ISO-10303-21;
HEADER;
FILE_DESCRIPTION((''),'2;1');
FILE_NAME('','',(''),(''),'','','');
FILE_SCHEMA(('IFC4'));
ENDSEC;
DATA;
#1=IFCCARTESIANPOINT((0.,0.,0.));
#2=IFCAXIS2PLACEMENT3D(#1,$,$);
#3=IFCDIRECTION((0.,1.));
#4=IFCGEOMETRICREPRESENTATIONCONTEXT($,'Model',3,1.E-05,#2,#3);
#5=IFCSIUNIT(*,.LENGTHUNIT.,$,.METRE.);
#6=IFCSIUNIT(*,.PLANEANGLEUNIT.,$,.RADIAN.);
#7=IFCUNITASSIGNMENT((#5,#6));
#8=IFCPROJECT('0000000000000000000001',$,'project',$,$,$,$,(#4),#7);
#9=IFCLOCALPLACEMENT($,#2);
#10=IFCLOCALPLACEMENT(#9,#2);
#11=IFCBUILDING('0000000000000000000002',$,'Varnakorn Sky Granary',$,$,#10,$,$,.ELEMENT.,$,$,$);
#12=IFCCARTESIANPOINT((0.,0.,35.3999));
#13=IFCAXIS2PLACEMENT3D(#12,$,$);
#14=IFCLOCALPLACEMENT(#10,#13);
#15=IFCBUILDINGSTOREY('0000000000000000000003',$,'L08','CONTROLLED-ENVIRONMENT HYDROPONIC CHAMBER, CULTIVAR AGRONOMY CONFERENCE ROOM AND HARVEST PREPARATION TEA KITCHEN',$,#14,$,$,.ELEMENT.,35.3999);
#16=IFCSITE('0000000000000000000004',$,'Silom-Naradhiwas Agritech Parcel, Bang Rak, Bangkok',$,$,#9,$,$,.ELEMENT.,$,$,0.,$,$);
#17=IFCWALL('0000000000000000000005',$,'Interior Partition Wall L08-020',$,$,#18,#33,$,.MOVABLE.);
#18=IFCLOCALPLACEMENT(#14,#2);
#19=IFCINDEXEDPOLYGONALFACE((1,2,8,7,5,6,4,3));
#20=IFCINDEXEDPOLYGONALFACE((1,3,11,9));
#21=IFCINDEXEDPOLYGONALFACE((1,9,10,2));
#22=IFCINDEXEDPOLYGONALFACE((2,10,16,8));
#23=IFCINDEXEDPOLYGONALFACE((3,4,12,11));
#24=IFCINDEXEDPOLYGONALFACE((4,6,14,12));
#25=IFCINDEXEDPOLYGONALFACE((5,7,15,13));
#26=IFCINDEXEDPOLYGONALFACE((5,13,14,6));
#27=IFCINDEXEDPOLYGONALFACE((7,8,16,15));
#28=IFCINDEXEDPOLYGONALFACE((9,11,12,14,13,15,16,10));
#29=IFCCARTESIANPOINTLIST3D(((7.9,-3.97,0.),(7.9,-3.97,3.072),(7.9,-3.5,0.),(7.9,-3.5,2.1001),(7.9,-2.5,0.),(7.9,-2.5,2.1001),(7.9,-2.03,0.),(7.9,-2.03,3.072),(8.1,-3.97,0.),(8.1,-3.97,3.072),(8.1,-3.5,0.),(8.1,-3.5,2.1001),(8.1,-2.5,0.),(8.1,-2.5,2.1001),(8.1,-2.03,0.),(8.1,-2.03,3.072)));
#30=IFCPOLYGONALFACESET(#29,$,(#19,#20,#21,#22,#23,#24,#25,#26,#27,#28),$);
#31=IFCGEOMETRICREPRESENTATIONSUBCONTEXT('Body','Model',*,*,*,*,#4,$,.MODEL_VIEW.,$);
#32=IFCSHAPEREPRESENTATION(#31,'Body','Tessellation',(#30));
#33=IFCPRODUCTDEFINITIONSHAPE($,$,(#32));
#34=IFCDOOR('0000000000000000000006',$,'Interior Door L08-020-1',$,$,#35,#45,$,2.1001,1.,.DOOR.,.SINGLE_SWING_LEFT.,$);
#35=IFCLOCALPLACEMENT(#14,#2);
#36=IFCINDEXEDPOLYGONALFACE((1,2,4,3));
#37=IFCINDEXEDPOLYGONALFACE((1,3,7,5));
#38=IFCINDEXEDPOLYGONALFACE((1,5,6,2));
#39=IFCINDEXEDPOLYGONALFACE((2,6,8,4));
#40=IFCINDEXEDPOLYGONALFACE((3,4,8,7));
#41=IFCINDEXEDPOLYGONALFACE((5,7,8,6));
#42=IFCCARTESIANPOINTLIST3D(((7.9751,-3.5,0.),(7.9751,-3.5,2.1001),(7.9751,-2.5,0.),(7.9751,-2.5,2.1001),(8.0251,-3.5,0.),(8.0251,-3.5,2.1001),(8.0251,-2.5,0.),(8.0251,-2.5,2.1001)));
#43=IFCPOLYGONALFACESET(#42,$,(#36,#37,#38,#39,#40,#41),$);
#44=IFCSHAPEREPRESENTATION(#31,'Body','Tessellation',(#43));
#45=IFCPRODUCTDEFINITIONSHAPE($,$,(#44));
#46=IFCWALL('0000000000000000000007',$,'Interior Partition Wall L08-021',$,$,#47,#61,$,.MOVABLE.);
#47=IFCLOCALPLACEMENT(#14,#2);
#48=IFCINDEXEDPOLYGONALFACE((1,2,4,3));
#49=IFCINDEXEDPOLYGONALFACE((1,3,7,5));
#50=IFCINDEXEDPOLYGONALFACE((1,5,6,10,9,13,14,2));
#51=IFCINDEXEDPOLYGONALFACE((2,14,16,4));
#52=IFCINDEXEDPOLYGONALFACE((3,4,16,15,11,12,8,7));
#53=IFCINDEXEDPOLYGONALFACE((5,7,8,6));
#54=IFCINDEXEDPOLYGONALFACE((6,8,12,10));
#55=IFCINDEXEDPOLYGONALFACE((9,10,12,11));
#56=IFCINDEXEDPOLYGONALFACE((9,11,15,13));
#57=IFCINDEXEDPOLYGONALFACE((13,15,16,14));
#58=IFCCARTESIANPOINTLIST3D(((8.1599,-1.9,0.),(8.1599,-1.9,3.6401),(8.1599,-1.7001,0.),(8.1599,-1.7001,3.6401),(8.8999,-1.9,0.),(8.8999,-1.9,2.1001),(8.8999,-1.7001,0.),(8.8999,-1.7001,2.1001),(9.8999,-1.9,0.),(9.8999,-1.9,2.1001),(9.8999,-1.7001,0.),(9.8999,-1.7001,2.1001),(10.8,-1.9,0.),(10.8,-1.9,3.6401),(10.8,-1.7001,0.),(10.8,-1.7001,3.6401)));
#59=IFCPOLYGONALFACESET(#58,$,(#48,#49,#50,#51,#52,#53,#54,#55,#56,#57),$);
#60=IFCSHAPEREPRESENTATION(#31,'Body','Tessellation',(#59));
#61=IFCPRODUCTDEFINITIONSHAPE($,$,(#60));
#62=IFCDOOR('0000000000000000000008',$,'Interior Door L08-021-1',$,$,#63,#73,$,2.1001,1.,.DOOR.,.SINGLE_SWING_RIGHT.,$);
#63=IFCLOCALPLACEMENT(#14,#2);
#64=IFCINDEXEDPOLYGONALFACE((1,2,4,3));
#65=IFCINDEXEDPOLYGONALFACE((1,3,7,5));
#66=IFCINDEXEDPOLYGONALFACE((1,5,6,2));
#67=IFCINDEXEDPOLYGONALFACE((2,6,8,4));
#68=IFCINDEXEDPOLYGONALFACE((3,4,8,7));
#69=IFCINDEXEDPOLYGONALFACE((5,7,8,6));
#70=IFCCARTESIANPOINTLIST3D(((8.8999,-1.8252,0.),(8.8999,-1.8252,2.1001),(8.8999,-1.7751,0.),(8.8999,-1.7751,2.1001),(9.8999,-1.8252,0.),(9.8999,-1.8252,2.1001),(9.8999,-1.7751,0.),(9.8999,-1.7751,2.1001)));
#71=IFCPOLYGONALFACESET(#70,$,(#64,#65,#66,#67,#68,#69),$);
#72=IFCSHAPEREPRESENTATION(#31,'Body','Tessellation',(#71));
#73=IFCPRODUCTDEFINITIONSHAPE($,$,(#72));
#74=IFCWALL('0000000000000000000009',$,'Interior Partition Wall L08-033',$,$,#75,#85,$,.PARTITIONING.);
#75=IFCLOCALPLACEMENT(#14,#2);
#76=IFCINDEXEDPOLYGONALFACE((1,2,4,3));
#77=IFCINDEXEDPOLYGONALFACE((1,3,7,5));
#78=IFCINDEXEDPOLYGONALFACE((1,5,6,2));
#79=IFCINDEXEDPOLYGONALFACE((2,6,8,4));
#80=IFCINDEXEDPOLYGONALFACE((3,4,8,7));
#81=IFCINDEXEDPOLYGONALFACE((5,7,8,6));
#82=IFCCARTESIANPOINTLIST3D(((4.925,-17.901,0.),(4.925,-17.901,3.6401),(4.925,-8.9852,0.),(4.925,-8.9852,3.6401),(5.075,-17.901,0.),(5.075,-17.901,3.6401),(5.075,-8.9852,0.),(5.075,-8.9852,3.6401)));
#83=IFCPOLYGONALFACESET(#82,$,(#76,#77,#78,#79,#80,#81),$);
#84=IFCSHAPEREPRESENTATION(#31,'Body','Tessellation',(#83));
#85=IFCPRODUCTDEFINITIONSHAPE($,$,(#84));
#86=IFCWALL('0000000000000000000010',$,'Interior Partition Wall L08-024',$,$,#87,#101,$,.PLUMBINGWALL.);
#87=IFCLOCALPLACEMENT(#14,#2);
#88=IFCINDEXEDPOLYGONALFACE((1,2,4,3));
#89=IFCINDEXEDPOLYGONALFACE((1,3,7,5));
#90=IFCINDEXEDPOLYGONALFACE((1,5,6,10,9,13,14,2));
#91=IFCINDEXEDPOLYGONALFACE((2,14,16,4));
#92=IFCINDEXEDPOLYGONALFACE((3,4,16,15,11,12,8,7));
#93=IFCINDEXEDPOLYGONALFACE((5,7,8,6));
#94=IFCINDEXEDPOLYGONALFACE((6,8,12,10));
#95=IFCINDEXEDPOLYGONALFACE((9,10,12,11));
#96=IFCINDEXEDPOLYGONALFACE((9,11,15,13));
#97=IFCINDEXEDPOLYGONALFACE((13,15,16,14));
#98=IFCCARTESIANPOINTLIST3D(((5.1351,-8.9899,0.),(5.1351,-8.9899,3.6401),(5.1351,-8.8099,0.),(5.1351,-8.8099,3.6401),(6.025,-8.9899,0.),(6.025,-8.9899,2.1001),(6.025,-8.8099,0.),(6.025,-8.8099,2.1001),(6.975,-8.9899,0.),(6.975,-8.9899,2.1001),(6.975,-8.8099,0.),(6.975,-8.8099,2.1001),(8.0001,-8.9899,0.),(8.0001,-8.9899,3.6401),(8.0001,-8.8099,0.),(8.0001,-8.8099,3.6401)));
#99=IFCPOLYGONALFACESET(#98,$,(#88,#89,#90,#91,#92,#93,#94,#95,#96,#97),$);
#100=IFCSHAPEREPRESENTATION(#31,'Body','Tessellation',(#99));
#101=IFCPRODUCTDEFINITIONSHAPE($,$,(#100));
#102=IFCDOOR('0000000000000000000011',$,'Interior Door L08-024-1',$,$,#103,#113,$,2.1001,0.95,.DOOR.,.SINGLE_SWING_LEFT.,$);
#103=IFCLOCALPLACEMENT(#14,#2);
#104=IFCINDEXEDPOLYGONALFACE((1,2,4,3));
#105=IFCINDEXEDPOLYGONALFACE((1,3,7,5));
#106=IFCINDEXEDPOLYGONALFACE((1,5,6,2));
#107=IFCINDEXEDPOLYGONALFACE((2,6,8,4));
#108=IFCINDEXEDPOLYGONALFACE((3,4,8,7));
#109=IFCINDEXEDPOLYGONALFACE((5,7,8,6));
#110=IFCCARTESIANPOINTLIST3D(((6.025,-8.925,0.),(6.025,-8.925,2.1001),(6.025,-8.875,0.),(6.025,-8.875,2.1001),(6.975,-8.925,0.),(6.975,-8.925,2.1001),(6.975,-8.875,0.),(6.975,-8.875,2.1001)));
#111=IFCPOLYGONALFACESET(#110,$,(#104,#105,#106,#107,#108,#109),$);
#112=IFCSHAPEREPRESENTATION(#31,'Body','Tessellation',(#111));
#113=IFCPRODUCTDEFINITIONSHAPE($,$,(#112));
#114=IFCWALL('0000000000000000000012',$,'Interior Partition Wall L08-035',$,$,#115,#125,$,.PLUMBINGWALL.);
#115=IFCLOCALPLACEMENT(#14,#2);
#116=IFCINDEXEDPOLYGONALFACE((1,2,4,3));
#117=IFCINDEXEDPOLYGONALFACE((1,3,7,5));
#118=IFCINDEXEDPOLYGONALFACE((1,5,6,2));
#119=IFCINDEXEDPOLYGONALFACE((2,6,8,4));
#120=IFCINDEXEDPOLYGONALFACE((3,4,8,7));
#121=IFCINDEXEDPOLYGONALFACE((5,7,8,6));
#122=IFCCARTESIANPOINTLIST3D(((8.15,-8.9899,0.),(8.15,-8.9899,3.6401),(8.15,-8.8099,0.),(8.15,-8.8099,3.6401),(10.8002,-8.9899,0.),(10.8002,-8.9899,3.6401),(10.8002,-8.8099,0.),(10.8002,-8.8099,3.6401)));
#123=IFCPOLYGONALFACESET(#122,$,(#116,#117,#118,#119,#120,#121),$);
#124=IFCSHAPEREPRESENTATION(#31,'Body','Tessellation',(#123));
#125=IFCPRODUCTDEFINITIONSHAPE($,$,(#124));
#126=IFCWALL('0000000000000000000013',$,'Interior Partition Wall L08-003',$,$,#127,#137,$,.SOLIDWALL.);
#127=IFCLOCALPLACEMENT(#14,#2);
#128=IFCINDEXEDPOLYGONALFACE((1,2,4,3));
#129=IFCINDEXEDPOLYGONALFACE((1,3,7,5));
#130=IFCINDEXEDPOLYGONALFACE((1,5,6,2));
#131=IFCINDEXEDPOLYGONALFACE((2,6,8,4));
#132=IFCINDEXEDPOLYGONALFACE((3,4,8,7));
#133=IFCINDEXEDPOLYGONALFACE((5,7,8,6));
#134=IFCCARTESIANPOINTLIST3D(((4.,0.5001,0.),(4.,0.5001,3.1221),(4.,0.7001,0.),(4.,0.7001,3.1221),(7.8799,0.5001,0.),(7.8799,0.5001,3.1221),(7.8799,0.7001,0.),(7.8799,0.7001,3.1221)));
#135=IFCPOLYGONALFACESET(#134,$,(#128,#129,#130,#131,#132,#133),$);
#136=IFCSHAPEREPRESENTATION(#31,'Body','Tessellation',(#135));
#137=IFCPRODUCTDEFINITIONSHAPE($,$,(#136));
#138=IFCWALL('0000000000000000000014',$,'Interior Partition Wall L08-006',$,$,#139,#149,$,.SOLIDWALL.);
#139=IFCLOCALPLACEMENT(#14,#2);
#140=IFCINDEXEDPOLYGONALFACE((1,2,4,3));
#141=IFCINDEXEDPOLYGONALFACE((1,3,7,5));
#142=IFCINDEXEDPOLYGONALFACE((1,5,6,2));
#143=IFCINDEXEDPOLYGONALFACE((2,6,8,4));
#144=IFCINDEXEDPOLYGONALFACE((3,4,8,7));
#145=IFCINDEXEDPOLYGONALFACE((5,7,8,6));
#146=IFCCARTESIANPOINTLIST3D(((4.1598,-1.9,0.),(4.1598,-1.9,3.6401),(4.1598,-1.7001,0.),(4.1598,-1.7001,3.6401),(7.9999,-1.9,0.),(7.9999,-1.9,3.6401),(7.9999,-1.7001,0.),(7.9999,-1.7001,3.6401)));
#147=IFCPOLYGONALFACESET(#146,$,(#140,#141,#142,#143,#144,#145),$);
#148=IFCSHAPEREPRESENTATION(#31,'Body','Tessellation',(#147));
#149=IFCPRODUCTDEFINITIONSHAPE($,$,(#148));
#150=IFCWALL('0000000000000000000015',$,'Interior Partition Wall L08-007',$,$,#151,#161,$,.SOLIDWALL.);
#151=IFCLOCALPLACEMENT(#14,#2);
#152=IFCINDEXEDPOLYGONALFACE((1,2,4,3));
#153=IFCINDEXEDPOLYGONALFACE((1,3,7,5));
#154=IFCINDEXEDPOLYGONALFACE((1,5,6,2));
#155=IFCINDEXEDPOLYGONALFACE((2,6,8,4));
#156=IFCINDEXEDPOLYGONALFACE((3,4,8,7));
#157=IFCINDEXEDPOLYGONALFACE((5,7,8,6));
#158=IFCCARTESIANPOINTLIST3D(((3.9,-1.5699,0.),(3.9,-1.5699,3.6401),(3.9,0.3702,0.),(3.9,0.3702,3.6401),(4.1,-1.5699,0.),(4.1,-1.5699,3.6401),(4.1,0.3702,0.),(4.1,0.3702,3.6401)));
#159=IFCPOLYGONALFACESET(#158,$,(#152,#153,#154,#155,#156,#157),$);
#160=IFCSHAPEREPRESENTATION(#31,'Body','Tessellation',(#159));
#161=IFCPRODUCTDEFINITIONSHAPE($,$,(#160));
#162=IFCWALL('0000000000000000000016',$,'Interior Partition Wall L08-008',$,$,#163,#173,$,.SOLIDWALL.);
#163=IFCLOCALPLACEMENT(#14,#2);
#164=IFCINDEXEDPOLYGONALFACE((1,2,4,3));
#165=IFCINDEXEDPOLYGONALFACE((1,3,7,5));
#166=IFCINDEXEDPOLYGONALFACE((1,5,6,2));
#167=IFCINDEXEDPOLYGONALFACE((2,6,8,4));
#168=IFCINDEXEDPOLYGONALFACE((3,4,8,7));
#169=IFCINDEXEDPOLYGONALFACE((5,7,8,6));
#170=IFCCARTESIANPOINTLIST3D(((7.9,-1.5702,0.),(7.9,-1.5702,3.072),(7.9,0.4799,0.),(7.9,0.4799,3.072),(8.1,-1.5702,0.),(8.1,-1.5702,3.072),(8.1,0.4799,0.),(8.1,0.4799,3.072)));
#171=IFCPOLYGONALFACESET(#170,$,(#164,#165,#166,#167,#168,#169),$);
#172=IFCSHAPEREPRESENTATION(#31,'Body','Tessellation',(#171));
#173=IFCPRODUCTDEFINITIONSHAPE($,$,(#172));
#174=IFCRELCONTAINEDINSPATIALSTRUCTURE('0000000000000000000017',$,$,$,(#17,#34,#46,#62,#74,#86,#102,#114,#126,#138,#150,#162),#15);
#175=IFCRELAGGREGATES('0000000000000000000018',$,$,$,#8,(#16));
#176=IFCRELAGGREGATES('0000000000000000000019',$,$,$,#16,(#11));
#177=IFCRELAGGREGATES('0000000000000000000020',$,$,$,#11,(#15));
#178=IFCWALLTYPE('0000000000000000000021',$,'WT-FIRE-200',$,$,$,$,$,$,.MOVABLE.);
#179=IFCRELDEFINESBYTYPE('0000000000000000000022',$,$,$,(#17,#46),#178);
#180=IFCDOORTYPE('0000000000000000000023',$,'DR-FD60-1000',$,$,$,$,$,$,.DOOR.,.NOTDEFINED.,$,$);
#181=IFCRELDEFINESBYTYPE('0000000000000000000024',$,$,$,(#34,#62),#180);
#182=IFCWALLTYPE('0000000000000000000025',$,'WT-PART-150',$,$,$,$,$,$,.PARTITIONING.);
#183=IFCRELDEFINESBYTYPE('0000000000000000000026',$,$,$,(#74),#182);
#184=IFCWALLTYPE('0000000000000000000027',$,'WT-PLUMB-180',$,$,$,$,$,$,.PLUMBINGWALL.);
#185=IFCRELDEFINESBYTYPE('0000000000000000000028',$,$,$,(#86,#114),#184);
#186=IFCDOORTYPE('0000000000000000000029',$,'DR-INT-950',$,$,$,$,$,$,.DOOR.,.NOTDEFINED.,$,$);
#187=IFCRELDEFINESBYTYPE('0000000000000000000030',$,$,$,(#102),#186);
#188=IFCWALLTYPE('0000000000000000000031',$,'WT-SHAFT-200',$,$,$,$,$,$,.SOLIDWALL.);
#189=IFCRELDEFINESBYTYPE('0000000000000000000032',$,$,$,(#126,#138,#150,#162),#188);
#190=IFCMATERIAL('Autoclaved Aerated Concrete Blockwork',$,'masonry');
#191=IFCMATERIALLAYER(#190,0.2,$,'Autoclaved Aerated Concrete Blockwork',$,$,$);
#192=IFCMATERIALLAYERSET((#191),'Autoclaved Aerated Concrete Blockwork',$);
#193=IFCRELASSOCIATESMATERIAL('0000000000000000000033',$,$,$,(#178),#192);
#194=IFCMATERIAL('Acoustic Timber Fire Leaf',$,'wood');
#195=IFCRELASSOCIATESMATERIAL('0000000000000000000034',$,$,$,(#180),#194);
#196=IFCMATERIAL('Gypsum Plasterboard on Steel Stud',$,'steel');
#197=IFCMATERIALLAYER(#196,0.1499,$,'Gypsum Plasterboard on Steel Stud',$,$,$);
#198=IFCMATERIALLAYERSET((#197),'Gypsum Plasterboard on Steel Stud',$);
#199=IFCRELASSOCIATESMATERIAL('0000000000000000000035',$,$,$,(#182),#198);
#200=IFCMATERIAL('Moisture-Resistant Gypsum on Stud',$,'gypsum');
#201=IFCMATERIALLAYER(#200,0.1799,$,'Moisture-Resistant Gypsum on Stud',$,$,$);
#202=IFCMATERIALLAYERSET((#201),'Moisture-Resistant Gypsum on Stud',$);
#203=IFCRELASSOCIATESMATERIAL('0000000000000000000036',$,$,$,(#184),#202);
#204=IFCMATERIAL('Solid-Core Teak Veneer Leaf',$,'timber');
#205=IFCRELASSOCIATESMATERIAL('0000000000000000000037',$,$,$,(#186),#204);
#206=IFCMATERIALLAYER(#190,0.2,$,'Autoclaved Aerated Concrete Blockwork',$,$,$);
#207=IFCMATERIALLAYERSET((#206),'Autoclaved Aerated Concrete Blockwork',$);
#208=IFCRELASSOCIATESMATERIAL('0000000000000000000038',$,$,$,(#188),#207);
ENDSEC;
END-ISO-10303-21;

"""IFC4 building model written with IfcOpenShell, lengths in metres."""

from ifc_helpers import new_model, si_unit, direction, frame, frame_2d, origin, place, context, subcontext, project, spatial, rectangle, extrude, material, layer, layer_set, type_object, element, fill, save


model = new_model("IFC4")

# Units and contexts
model_context = context("Model", 3, precision=1e-05, world=origin(), true_north=direction((0.0, 1.0)))
body_context = subcontext(model_context, "Body", "Model", "MODEL_VIEW")
ifc_project = project(units=[si_unit("LENGTHUNIT", "METRE"), si_unit("PLANEANGLEUNIT", "RADIAN")], contexts=[model_context])

# Site, building, storey
site_placement = place(None, origin())
site = spatial("IfcSite", under=ifc_project, at=site_placement, Name="Silom-Naradhiwas Agritech Parcel, Bang Rak, Bangkok", CompositionType="ELEMENT", RefElevation=0.0)
building_placement = place(site_placement, origin())
building = spatial("IfcBuilding", under=site, at=building_placement, Name="Varnakorn Sky Granary", CompositionType="ELEMENT")
storey_placement = place(building_placement, frame((0.0, 0.0, 35.3999)))
storey = spatial("IfcBuildingStorey", under=building, at=storey_placement, Name="L08", Description="CONTROLLED-ENVIRONMENT HYDROPONIC CHAMBER, CULTIVAR AGRONOMY CONFERENCE ROOM AND HARVEST PREPARATION TEA KITCHEN", CompositionType="ELEMENT", Elevation=35.3999)

# Walls, openings, doors
ifc_material_1 = material(Name="Autoclaved Aerated Concrete Blockwork", Category="masonry")
ifc_layer_1 = layer(ifc_material_1, 0.2, Name="Autoclaved Aerated Concrete Blockwork")
ifc_layer_set_1 = layer_set([ifc_layer_1], Name="Autoclaved Aerated Concrete Blockwork")
wall_type_1 = type_object("IfcWallType", Name="WT-FIRE-200", PredefinedType="MOVABLE", material=ifc_layer_set_1)
ifc_material_2 = material(Name="Acoustic Timber Fire Leaf", Category="wood")
door_type_1 = type_object("IfcDoorType", Name="DR-FD60-1000", OperationType="NOTDEFINED", PredefinedType="DOOR", material=ifc_material_2)
wall_1_placement = place(storey_placement, frame((8.0, -3.97, 0.0), z_axis=(0.0, 0.0, 1.0), x_axis=(0.0, 1.0, 0.0)))
wall_1 = element("IfcWall", 1, at=wall_1_placement, inside=storey, type_object=wall_type_1, Name="Interior Partition Wall L08-020", PredefinedType="MOVABLE", context=body_context, shape_type="SweptSolid", body=[
    extrude(rectangle(XDim=1.9399, YDim=0.2, at=frame_2d((0.97, 0.0))), origin(), (0.0, 0.0, 1.0), 3.072),
])
opening_1_placement = place(wall_1_placement, frame((0.47, 0.0, 0.0)))
opening_1 = element("IfcOpeningElement", 2, at=opening_1_placement, cuts=wall_1, PredefinedType="OPENING", context=body_context, shape_type="SweptSolid", body=[
    extrude(rectangle(XDim=1.0, YDim=2.1001, at=frame_2d((0.5, 1.05))), frame((0.0, 0.1099, 0.0), z_axis=(0.0, -1.0, 0.0), x_axis=(1.0, 0.0, 0.0)), (0.0, 0.0, 1.0), 0.22),
])
door_1_placement = place(opening_1_placement, origin())
door_1 = element("IfcDoor", 3, at=door_1_placement, inside=storey, type_object=door_type_1, Name="Interior Door L08-020-1", OperationType="SINGLE_SWING_LEFT", OverallHeight=2.1001, OverallWidth=1.0, PredefinedType="DOOR", context=body_context, shape_type="SweptSolid", body=[
    extrude(rectangle(XDim=1.0, YDim=2.1001, at=frame_2d((0.5, 1.05))), frame((0.0, 0.0249, 0.0), z_axis=(0.0, -1.0, 0.0), x_axis=(1.0, 0.0, 0.0)), (0.0, 0.0, 1.0), 0.05),
])
fill(opening_1, door_1)
wall_2_placement = place(storey_placement, frame((8.1599, -1.8, 0.0), z_axis=(0.0, 0.0, 1.0), x_axis=(1.0, 0.0, 0.0)))
wall_2 = element("IfcWall", 4, at=wall_2_placement, inside=storey, type_object=wall_type_1, Name="Interior Partition Wall L08-021", PredefinedType="MOVABLE", context=body_context, shape_type="SweptSolid", body=[
    extrude(rectangle(XDim=2.6401, YDim=0.2, at=frame_2d((1.3201, 0.0))), origin(), (0.0, 0.0, 1.0), 3.6401),
])
opening_2_placement = place(wall_2_placement, frame((0.74, 0.0, 0.0)))
opening_2 = element("IfcOpeningElement", 5, at=opening_2_placement, cuts=wall_2, PredefinedType="OPENING", context=body_context, shape_type="SweptSolid", body=[
    extrude(rectangle(XDim=1.0, YDim=2.1001, at=frame_2d((0.5, 1.05))), frame((0.0, 0.1099, 0.0), z_axis=(0.0, -1.0, 0.0), x_axis=(1.0, 0.0, 0.0)), (0.0, 0.0, 1.0), 0.22),
])
door_2_placement = place(opening_2_placement, origin())
door_2 = element("IfcDoor", 6, at=door_2_placement, inside=storey, type_object=door_type_1, Name="Interior Door L08-021-1", OperationType="SINGLE_SWING_RIGHT", OverallHeight=2.1001, OverallWidth=1.0, PredefinedType="DOOR", context=body_context, shape_type="SweptSolid", body=[
    extrude(rectangle(XDim=1.0, YDim=2.1001, at=frame_2d((0.5, 1.05))), frame((0.0, 0.0249, 0.0), z_axis=(0.0, -1.0, 0.0), x_axis=(1.0, 0.0, 0.0)), (0.0, 0.0, 1.0), 0.05),
])
fill(opening_2, door_2)

# Wall
ifc_material_3 = material(Name="Gypsum Plasterboard on Steel Stud", Category="steel")
ifc_layer_2 = layer(ifc_material_3, 0.1499, Name="Gypsum Plasterboard on Steel Stud")
ifc_layer_set_2 = layer_set([ifc_layer_2], Name="Gypsum Plasterboard on Steel Stud")
wall_type_2 = type_object("IfcWallType", Name="WT-PART-150", PredefinedType="PARTITIONING", material=ifc_layer_set_2)
wall_3_placement = place(storey_placement, frame((5.0, -8.9851, 0.0), z_axis=(0.0, 0.0, 1.0), x_axis=(0.0, -1.0, 0.0)))
element("IfcWall", 7, at=wall_3_placement, inside=storey, type_object=wall_type_2, Name="Interior Partition Wall L08-033", PredefinedType="PARTITIONING", context=body_context, shape_type="SweptSolid", body=[
    extrude(rectangle(XDim=8.9158, YDim=0.1499, at=frame_2d((4.458, 0.0))), origin(), (0.0, 0.0, 1.0), 3.6401),
])

# Wall, opening, door
ifc_material_4 = material(Name="Moisture-Resistant Gypsum on Stud", Category="gypsum")
ifc_layer_3 = layer(ifc_material_4, 0.1799, Name="Moisture-Resistant Gypsum on Stud")
ifc_layer_set_3 = layer_set([ifc_layer_3], Name="Moisture-Resistant Gypsum on Stud")
wall_type_3 = type_object("IfcWallType", Name="WT-PLUMB-180", PredefinedType="PLUMBINGWALL", material=ifc_layer_set_3)
wall_4_placement = place(storey_placement, frame((5.135, -8.8999, 0.0), z_axis=(0.0, 0.0, 1.0), x_axis=(1.0, 0.0, 0.0)))
wall_4 = element("IfcWall", 8, at=wall_4_placement, inside=storey, type_object=wall_type_3, Name="Interior Partition Wall L08-024", PredefinedType="PLUMBINGWALL", context=body_context, shape_type="SweptSolid", body=[
    extrude(rectangle(XDim=2.865, YDim=0.1799, at=frame_2d((1.4326, 0.0))), origin(), (0.0, 0.0, 1.0), 3.6401),
])
opening_3_placement = place(wall_4_placement, frame((0.8899, 0.0, 0.0)))
opening_3 = element("IfcOpeningElement", 9, at=opening_3_placement, cuts=wall_4, PredefinedType="OPENING", context=body_context, shape_type="SweptSolid", body=[
    extrude(rectangle(XDim=0.95, YDim=2.1001, at=frame_2d((0.4751, 1.05))), frame((0.0, 0.1001, 0.0), z_axis=(0.0, -1.0, 0.0), x_axis=(1.0, 0.0, 0.0)), (0.0, 0.0, 1.0), 0.2),
])
ifc_material_5 = material(Name="Solid-Core Teak Veneer Leaf", Category="timber")
door_type_2 = type_object("IfcDoorType", Name="DR-INT-950", OperationType="NOTDEFINED", PredefinedType="DOOR", material=ifc_material_5)
door_3_placement = place(opening_3_placement, origin())
door_3 = element("IfcDoor", 10, at=door_3_placement, inside=storey, type_object=door_type_2, Name="Interior Door L08-024-1", OperationType="SINGLE_SWING_LEFT", OverallHeight=2.1001, OverallWidth=0.95, PredefinedType="DOOR", context=body_context, shape_type="SweptSolid", body=[
    extrude(rectangle(XDim=0.95, YDim=2.1001, at=frame_2d((0.4751, 1.05))), frame((0.0, 0.0249, 0.0), z_axis=(0.0, -1.0, 0.0), x_axis=(1.0, 0.0, 0.0)), (0.0, 0.0, 1.0), 0.05),
])
fill(opening_3, door_3)

# Walls
wall_5_placement = place(storey_placement, frame((8.1499, -8.8999, 0.0), z_axis=(0.0, 0.0, 1.0), x_axis=(1.0, 0.0, 0.0)))
element("IfcWall", 11, at=wall_5_placement, inside=storey, type_object=wall_type_3, Name="Interior Partition Wall L08-035", PredefinedType="PLUMBINGWALL", context=body_context, shape_type="SweptSolid", body=[
    extrude(rectangle(XDim=2.6501, YDim=0.1799, at=frame_2d((1.3252, 0.0))), origin(), (0.0, 0.0, 1.0), 3.6401),
])
ifc_layer_4 = layer(ifc_material_1, 0.2, Name="Autoclaved Aerated Concrete Blockwork")
ifc_layer_set_4 = layer_set([ifc_layer_4], Name="Autoclaved Aerated Concrete Blockwork")
wall_type_4 = type_object("IfcWallType", Name="WT-SHAFT-200", PredefinedType="SOLIDWALL", material=ifc_layer_set_4)
wall_6_placement = place(storey_placement, frame((4.0, 0.6001, 0.0), z_axis=(0.0, 0.0, 1.0), x_axis=(1.0, 0.0, 0.0)))
element("IfcWall", 12, at=wall_6_placement, inside=storey, type_object=wall_type_4, Name="Interior Partition Wall L08-003", PredefinedType="SOLIDWALL", context=body_context, shape_type="SweptSolid", body=[
    extrude(rectangle(XDim=3.8799, YDim=0.2, at=frame_2d((1.9399, 0.0))), origin(), (0.0, 0.0, 1.0), 3.1221),
])
wall_7_placement = place(storey_placement, frame((4.1599, -1.8, 0.0), z_axis=(0.0, 0.0, 1.0), x_axis=(1.0, 0.0, 0.0)))
element("IfcWall", 13, at=wall_7_placement, inside=storey, type_object=wall_type_4, Name="Interior Partition Wall L08-006", PredefinedType="SOLIDWALL", context=body_context, shape_type="SweptSolid", body=[
    extrude(rectangle(XDim=3.8401, YDim=0.2, at=frame_2d((1.9199, 0.0))), origin(), (0.0, 0.0, 1.0), 3.6401),
])
wall_8_placement = place(storey_placement, frame((4.0, -1.5701, 0.0), z_axis=(0.0, 0.0, 1.0), x_axis=(0.0, 1.0, 0.0)))
element("IfcWall", 14, at=wall_8_placement, inside=storey, type_object=wall_type_4, Name="Interior Partition Wall L08-007", PredefinedType="SOLIDWALL", context=body_context, shape_type="SweptSolid", body=[
    extrude(rectangle(XDim=1.9402, YDim=0.2, at=frame_2d((0.9702, 0.0))), origin(), (0.0, 0.0, 1.0), 3.6401),
])
wall_9_placement = place(storey_placement, frame((8.0, -1.5701, 0.0), z_axis=(0.0, 0.0, 1.0), x_axis=(0.0, 1.0, 0.0)))
element("IfcWall", 15, at=wall_9_placement, inside=storey, type_object=wall_type_4, Name="Interior Partition Wall L08-008", PredefinedType="SOLIDWALL", context=body_context, shape_type="SweptSolid", body=[
    extrude(rectangle(XDim=2.05, YDim=0.2, at=frame_2d((1.0249, 0.0))), origin(), (0.0, 0.0, 1.0), 3.072),
])

save(model, "model.ifc")
